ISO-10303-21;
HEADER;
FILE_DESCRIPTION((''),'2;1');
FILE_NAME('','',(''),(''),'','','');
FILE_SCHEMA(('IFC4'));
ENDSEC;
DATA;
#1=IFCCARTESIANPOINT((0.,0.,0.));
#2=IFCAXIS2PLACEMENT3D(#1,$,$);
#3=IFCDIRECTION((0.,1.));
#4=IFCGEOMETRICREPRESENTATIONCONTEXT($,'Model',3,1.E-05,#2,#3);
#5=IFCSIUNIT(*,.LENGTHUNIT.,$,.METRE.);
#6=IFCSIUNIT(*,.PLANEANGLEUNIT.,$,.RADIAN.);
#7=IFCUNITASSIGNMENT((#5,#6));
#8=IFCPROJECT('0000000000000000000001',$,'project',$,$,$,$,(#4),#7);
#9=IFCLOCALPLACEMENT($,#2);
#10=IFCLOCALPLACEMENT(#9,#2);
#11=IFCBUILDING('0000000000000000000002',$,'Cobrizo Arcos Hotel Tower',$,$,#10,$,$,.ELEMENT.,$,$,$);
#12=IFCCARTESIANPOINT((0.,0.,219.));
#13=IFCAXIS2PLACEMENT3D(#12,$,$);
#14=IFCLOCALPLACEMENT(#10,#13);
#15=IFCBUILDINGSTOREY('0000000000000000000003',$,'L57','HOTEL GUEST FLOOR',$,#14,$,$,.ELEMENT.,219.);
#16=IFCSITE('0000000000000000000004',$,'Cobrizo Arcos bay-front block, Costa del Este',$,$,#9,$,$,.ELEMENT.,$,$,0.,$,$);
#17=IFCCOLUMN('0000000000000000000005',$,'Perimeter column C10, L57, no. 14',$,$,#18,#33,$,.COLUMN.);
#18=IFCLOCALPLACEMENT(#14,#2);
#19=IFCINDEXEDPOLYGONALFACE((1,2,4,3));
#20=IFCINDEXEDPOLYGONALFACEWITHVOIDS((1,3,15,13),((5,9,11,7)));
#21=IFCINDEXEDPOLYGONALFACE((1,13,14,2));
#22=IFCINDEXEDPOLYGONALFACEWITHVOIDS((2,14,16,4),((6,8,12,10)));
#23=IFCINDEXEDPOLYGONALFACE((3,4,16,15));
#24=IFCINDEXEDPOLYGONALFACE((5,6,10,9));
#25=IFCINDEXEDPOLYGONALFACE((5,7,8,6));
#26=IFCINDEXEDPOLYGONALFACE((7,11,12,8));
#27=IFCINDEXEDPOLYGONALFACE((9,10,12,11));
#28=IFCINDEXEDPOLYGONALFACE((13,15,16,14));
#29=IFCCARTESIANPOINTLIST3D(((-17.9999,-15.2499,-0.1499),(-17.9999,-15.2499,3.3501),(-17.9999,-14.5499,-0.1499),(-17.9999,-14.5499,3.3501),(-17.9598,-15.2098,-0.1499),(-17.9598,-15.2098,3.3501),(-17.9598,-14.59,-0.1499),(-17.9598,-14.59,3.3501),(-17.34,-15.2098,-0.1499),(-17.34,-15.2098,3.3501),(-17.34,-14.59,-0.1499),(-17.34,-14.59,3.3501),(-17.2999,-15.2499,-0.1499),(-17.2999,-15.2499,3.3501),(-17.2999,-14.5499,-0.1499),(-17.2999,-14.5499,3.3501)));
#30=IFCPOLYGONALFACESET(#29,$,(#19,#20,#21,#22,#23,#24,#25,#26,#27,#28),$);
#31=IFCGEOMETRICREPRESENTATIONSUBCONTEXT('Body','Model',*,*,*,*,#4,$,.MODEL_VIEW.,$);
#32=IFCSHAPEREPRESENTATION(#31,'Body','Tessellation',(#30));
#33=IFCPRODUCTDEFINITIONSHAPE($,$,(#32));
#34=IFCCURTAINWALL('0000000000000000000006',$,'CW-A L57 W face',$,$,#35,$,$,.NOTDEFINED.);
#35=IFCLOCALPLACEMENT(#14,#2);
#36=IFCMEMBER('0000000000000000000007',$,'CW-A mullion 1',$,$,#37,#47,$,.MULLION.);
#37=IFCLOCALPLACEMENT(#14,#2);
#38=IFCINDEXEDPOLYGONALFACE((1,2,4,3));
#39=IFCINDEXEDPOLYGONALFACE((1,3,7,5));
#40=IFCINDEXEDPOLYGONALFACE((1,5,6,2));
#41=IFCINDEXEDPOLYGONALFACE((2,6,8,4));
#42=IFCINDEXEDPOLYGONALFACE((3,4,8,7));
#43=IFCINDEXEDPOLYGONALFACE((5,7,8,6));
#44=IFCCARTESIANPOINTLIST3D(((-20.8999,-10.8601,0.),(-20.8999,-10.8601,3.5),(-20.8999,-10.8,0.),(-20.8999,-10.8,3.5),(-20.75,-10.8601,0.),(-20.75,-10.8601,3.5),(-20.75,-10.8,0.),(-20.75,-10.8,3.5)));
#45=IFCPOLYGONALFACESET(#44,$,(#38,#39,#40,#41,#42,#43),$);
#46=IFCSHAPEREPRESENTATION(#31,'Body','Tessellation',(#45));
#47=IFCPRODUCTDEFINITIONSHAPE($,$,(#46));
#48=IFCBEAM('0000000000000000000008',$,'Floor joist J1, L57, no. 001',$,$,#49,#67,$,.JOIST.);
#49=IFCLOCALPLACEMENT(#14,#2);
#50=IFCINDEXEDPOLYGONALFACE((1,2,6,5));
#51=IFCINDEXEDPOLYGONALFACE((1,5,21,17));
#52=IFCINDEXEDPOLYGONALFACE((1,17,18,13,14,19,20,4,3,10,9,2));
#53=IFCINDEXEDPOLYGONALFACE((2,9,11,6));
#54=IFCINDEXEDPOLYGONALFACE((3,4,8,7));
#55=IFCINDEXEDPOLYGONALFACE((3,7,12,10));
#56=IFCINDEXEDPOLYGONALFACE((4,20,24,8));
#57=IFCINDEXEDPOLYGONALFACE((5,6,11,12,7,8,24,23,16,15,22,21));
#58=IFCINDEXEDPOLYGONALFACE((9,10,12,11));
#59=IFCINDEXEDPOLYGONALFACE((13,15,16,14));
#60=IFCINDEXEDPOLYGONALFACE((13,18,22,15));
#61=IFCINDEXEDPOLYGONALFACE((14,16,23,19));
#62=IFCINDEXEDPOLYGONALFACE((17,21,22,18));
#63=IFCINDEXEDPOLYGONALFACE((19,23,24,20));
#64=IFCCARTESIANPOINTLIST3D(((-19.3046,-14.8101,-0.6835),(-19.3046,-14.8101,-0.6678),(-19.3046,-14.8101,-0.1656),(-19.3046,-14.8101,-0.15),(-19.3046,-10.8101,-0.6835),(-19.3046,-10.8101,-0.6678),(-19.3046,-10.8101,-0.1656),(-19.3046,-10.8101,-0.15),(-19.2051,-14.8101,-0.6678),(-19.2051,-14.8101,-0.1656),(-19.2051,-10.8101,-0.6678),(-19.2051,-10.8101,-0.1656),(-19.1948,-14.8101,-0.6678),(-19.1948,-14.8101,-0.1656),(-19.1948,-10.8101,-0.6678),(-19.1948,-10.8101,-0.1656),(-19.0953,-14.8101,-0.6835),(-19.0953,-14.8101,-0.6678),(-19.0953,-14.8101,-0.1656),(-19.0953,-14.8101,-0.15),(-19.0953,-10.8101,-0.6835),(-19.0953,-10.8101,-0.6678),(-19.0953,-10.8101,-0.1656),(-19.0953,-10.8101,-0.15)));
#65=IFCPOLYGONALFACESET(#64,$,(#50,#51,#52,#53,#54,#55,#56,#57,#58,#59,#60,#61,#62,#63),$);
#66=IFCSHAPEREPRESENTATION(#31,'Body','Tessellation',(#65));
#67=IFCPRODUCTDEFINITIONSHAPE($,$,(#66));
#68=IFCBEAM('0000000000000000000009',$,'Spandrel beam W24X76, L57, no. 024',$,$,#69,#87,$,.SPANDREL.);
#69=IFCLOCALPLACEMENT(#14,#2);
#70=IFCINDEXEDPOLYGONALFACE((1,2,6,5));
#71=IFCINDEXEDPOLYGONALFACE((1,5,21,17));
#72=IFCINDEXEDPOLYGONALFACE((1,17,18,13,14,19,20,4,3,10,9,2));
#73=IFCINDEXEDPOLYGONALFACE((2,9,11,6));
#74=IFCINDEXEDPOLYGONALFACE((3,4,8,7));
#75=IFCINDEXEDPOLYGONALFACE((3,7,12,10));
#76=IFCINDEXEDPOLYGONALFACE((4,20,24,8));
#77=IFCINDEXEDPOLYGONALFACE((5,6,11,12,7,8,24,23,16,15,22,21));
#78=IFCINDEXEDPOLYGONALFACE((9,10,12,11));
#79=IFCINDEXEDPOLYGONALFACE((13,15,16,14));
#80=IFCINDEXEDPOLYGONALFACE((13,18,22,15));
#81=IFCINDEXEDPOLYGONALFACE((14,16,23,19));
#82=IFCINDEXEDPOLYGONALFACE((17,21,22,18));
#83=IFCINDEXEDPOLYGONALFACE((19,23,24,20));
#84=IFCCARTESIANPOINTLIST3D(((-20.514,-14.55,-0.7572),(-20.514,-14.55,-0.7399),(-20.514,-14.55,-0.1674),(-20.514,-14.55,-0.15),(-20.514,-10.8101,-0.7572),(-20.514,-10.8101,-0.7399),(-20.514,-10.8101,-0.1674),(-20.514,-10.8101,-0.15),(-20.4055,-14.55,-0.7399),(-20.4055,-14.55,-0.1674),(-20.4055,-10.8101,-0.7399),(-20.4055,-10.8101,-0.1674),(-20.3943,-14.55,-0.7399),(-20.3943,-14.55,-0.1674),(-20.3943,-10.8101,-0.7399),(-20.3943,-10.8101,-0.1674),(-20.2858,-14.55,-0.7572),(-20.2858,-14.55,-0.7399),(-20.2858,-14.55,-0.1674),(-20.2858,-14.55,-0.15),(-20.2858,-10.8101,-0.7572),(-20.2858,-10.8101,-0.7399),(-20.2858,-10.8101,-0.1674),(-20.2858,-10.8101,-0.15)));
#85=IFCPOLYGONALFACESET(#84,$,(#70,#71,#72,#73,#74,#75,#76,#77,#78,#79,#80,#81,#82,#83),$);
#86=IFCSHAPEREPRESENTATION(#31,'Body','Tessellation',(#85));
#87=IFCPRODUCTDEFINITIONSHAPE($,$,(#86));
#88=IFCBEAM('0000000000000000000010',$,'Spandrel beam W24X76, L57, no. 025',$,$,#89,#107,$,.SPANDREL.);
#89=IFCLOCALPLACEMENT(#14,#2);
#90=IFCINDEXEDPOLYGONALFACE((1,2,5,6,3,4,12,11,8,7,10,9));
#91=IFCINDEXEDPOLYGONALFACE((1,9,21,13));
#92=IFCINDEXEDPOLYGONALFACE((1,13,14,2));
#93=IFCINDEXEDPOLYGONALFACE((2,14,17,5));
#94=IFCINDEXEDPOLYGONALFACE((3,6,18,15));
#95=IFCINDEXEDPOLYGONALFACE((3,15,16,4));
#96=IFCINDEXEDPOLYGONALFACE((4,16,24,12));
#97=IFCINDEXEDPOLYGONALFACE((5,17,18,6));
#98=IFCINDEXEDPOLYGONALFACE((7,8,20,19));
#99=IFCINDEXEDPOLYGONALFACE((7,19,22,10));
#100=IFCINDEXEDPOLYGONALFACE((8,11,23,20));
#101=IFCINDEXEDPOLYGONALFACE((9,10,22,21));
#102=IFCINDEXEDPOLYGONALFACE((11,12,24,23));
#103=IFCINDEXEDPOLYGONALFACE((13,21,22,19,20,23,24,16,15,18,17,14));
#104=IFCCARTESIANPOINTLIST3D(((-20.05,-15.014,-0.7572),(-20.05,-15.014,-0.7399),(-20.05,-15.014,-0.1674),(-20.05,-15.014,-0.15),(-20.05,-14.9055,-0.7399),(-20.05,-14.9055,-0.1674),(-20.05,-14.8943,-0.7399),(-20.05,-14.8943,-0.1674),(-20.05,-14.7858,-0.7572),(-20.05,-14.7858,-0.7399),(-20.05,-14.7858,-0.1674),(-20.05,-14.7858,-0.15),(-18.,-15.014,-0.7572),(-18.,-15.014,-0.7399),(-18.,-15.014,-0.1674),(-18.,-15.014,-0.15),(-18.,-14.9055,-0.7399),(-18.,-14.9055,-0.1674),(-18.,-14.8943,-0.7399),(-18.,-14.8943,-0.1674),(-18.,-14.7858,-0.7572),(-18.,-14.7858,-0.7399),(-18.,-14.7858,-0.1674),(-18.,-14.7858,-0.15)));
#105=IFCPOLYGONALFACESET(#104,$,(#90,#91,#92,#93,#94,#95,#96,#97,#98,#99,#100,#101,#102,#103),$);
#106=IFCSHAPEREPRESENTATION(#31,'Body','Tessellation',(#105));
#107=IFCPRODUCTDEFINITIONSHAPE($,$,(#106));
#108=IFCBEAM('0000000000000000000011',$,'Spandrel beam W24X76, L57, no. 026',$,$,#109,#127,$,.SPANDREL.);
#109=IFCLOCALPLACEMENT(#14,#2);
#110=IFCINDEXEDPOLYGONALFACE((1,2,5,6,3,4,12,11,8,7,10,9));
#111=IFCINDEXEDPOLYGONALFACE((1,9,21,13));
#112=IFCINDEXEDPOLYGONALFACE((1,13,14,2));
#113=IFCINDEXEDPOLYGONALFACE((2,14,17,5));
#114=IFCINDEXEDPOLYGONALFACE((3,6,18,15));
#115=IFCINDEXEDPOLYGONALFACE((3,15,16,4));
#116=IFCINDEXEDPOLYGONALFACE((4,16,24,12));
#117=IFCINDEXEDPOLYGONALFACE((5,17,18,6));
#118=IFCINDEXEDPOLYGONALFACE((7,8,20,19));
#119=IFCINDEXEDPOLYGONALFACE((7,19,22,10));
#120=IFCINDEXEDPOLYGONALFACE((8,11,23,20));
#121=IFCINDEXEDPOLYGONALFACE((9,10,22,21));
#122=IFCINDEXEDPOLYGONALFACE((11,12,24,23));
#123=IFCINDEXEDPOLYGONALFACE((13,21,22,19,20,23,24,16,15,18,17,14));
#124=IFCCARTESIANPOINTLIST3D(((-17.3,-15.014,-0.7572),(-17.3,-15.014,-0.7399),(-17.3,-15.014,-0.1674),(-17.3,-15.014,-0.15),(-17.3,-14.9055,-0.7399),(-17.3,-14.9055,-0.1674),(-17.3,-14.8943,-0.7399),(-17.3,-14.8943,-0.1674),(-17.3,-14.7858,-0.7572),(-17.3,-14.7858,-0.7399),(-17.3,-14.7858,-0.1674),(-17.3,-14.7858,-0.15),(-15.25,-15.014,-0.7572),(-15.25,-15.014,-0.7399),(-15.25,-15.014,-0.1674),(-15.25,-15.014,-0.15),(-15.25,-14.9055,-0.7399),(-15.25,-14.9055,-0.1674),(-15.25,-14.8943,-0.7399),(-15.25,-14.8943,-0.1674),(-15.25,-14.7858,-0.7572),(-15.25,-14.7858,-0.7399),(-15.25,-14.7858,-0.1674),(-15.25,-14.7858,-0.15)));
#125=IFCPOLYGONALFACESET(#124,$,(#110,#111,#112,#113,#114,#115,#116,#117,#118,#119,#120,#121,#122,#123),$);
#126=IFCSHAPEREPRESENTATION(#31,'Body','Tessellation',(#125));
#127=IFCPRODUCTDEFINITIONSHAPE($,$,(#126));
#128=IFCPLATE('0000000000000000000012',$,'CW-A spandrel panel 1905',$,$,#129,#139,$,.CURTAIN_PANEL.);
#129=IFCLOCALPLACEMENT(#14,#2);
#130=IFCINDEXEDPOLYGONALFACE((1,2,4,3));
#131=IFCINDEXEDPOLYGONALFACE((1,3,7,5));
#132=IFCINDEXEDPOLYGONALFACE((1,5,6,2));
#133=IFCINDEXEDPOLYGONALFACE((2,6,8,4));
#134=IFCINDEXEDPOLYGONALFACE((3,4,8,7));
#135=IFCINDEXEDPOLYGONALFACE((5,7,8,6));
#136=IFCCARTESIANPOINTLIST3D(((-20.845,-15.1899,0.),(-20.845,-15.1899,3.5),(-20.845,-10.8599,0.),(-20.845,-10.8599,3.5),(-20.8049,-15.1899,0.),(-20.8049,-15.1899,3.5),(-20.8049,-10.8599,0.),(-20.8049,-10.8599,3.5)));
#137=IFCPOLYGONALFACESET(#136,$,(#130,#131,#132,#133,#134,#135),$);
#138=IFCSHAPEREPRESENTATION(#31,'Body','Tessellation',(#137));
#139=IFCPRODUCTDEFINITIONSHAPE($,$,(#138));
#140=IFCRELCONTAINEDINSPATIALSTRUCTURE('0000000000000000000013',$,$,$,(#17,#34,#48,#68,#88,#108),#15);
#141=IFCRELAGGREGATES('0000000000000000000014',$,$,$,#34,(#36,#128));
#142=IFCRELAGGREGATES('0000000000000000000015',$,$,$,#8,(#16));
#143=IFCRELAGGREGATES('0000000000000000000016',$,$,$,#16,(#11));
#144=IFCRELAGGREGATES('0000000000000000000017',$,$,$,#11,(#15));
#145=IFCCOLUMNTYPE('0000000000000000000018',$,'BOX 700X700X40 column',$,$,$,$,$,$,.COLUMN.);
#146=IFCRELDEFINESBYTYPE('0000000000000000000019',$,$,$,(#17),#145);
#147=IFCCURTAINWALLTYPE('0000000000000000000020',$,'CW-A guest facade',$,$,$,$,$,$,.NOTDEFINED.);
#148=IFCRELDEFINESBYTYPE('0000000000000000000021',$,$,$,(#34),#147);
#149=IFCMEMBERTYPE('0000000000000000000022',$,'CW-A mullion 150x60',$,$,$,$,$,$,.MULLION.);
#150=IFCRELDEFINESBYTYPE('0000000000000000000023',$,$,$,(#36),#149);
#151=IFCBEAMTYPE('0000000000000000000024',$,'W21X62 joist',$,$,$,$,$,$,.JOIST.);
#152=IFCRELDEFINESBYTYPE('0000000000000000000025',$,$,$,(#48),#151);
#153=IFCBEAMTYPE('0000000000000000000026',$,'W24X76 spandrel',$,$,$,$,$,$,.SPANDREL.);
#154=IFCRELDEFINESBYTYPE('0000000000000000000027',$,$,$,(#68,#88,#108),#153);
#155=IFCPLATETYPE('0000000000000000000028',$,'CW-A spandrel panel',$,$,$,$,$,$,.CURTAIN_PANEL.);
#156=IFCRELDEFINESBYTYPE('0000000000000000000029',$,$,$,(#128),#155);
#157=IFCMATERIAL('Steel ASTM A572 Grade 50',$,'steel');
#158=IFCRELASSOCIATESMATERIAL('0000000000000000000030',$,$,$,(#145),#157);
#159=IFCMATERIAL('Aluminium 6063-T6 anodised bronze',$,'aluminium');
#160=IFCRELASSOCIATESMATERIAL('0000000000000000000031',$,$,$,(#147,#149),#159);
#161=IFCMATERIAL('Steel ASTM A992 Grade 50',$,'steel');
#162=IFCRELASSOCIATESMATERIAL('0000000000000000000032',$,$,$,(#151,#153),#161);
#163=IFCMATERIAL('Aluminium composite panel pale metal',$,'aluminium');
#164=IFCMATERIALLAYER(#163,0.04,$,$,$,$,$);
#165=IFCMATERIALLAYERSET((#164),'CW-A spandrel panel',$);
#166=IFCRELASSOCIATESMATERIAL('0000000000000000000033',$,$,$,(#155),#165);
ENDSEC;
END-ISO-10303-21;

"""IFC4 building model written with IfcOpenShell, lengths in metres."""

from ifc_helpers import new_model, si_unit, direction, frame, origin, origin_2d, place, context, subcontext, project, spatial, rectangle, hollow_rectangle, i_section, extrude, material, layer, layer_set, material_profile, profile_set, type_object, element, aggregate, save


model = new_model("IFC4")

# Units and contexts
model_context = context("Model", 3, precision=1e-05, world=origin(), true_north=direction((0.0, 1.0)))
body_context = subcontext(model_context, "Body", "Model", "MODEL_VIEW")
ifc_project = project(units=[si_unit("LENGTHUNIT", "METRE"), si_unit("PLANEANGLEUNIT", "RADIAN")], contexts=[model_context])

# Site, building, storey
site_placement = place(None, origin())
site = spatial("IfcSite", under=ifc_project, at=site_placement, Name="Cobrizo Arcos bay-front block, Costa del Este", CompositionType="ELEMENT", RefElevation=0.0)
building_placement = place(site_placement, origin())
building = spatial("IfcBuilding", under=site, at=building_placement, Name="Cobrizo Arcos Hotel Tower", CompositionType="ELEMENT")
storey_placement = place(building_placement, frame((0.0, 0.0, 219.0)))
storey = spatial("IfcBuildingStorey", under=building, at=storey_placement, Name="L57", Description="HOTEL GUEST FLOOR", CompositionType="ELEMENT", Elevation=219.0)

# Column
ifc_material_1 = material(Name="Steel ASTM A572 Grade 50", Category="steel")
ifc_material_profile_1 = material_profile(ifc_material_1, hollow_rectangle(XDim=0.7, YDim=0.7, WallThickness=0.04, at=origin_2d()), Name="BOX 700X700X40")
ifc_profile_set_1 = profile_set([ifc_material_profile_1], Name="Steel ASTM A572 Grade 50")
column_type = type_object("IfcColumnType", Name="BOX 700X700X40 column", PredefinedType="COLUMN", material=ifc_profile_set_1)
column_placement = place(storey_placement, frame((-17.6499, -14.8999, -0.1499), z_axis=(0.0, 0.0, 1.0), x_axis=(1.0, 0.0, 0.0)))
element("IfcColumn", 1, at=column_placement, inside=storey, type_object=column_type, Name="Perimeter column C10, L57, no. 14", PredefinedType="COLUMN", context=body_context, shape_type="SweptSolid", body=[
    extrude(hollow_rectangle(XDim=0.7, YDim=0.7, WallThickness=0.04, at=origin_2d()), origin(), (0.0, 0.0, 1.0), 3.5),
])

# Curtain wall, member
ifc_material_2 = material(Name="Aluminium 6063-T6 anodised bronze", Category="aluminium")
curtain_wall_type = type_object("IfcCurtainWallType", Name="CW-A guest facade", PredefinedType="NOTDEFINED", material=ifc_material_2)
curtain_wall_placement = place(storey_placement, origin())
curtain_wall = element("IfcCurtainWall", 2, at=curtain_wall_placement, inside=storey, type_object=curtain_wall_type, Name="CW-A L57 W face", PredefinedType="NOTDEFINED")
ifc_material_profile_2 = material_profile(ifc_material_2, rectangle(XDim=0.1499, YDim=0.0601, at=origin_2d()), Name="CW-A mullion 150x60")
ifc_profile_set_2 = profile_set([ifc_material_profile_2], Name="Aluminium 6063-T6 anodised bronze")
member_type = type_object("IfcMemberType", Name="CW-A mullion 150x60", PredefinedType="MULLION", material=ifc_profile_set_2)
member_placement = place(storey_placement, frame((-20.825, -10.8301, 0.0), z_axis=(0.0, 0.0, 1.0), x_axis=(-1.0, 0.0, 0.0)))
member = element("IfcMember", 3, at=member_placement, type_object=member_type, Name="CW-A mullion 1", PredefinedType="MULLION", context=body_context, shape_type="SweptSolid", body=[
    extrude(rectangle(XDim=0.1499, YDim=0.0601, at=origin_2d()), origin(), (0.0, 0.0, 1.0), 3.5),
])

# Beams
ifc_material_3 = material(Name="Steel ASTM A992 Grade 50", Category="steel")
ifc_material_profile_3 = material_profile(ifc_material_3, i_section(OverallWidth=0.2092, OverallDepth=0.5334, WebThickness=0.0103, FlangeThickness=0.0156, at=origin_2d()), Name="W21X62")
ifc_profile_set_3 = profile_set([ifc_material_profile_3], Name="Steel ASTM A992 Grade 50")
beam_type_1 = type_object("IfcBeamType", Name="W21X62 joist", PredefinedType="JOIST", material=ifc_profile_set_3)
beam_1_placement = place(storey_placement, frame((-19.2, -14.8101, -0.4167), z_axis=(0.0, 1.0, 0.0), x_axis=(-1.0, 0.0, 0.0)))
element("IfcBeam", 4, at=beam_1_placement, inside=storey, type_object=beam_type_1, Name="Floor joist J1, L57, no. 001", PredefinedType="JOIST", context=body_context, shape_type="SweptSolid", body=[
    extrude(i_section(OverallWidth=0.2092, OverallDepth=0.5334, WebThickness=0.0103, FlangeThickness=0.0156, at=origin_2d()), origin(), (0.0, 0.0, 1.0), 4.0),
])
ifc_material_profile_4 = material_profile(ifc_material_3, i_section(OverallWidth=0.2283, OverallDepth=0.6072, WebThickness=0.0112, FlangeThickness=0.0173, at=origin_2d()), Name="W24X76")
ifc_profile_set_4 = profile_set([ifc_material_profile_4], Name="Steel ASTM A992 Grade 50")
beam_type_2 = type_object("IfcBeamType", Name="W24X76 spandrel", PredefinedType="SPANDREL", material=ifc_profile_set_4)
beam_2_placement = place(storey_placement, frame((-20.3999, -10.8101, -0.4536), z_axis=(0.0, -1.0, 0.0), x_axis=(1.0, 0.0, 0.0)))
element("IfcBeam", 5, at=beam_2_placement, inside=storey, type_object=beam_type_2, Name="Spandrel beam W24X76, L57, no. 024", PredefinedType="SPANDREL", context=body_context, shape_type="SweptSolid", body=[
    extrude(i_section(OverallWidth=0.2283, OverallDepth=0.6072, WebThickness=0.0112, FlangeThickness=0.0173, at=origin_2d()), origin(), (0.0, 0.0, 1.0), 3.74),
])
for number, where, z_axis, x_axis, name in (
    (6, (-20.05, -14.8999, -0.4536), (1.0, 0.0, 0.0), (0.0, 1.0, 0.0), "Spandrel beam W24X76, L57, no. 025"),
    (7, (-17.3, -14.8999, -0.4536), (1.0, 0.0, 0.0), (0.0, 1.0, 0.0), "Spandrel beam W24X76, L57, no. 026"),
):
    element("IfcBeam", number, at=place(storey_placement, frame(where, z_axis=z_axis, x_axis=x_axis)), inside=storey, type_object=beam_type_2, Name=name, PredefinedType="SPANDREL", context=body_context, shape_type="SweptSolid", body=[
        extrude(i_section(OverallWidth=0.2283, OverallDepth=0.6072, WebThickness=0.0112, FlangeThickness=0.0173, at=origin_2d()), origin(), (0.0, 0.0, 1.0), 2.05),
    ])

# Plate
ifc_material_4 = material(Name="Aluminium composite panel pale metal", Category="aluminium")
ifc_layer_1 = layer(ifc_material_4, 0.04)
ifc_layer_set_1 = layer_set([ifc_layer_1], Name="CW-A spandrel panel")
plate_type = type_object("IfcPlateType", Name="CW-A spandrel panel", PredefinedType="CURTAIN_PANEL", material=ifc_layer_set_1)
plate_placement = place(storey_placement, frame((-20.825, -13.0249, 0.0), z_axis=(0.0, 0.0, 1.0), x_axis=(0.0, -1.0, 0.0)))
plate = element("IfcPlate", 8, at=plate_placement, type_object=plate_type, Name="CW-A spandrel panel 1905", PredefinedType="CURTAIN_PANEL", context=body_context, shape_type="SweptSolid", body=[
    extrude(rectangle(XDim=4.3301, YDim=0.04, at=origin_2d()), origin(), (0.0, 0.0, 1.0), 3.5),
])
aggregate(curtain_wall, [member, plate])

save(model, "model.ifc")
